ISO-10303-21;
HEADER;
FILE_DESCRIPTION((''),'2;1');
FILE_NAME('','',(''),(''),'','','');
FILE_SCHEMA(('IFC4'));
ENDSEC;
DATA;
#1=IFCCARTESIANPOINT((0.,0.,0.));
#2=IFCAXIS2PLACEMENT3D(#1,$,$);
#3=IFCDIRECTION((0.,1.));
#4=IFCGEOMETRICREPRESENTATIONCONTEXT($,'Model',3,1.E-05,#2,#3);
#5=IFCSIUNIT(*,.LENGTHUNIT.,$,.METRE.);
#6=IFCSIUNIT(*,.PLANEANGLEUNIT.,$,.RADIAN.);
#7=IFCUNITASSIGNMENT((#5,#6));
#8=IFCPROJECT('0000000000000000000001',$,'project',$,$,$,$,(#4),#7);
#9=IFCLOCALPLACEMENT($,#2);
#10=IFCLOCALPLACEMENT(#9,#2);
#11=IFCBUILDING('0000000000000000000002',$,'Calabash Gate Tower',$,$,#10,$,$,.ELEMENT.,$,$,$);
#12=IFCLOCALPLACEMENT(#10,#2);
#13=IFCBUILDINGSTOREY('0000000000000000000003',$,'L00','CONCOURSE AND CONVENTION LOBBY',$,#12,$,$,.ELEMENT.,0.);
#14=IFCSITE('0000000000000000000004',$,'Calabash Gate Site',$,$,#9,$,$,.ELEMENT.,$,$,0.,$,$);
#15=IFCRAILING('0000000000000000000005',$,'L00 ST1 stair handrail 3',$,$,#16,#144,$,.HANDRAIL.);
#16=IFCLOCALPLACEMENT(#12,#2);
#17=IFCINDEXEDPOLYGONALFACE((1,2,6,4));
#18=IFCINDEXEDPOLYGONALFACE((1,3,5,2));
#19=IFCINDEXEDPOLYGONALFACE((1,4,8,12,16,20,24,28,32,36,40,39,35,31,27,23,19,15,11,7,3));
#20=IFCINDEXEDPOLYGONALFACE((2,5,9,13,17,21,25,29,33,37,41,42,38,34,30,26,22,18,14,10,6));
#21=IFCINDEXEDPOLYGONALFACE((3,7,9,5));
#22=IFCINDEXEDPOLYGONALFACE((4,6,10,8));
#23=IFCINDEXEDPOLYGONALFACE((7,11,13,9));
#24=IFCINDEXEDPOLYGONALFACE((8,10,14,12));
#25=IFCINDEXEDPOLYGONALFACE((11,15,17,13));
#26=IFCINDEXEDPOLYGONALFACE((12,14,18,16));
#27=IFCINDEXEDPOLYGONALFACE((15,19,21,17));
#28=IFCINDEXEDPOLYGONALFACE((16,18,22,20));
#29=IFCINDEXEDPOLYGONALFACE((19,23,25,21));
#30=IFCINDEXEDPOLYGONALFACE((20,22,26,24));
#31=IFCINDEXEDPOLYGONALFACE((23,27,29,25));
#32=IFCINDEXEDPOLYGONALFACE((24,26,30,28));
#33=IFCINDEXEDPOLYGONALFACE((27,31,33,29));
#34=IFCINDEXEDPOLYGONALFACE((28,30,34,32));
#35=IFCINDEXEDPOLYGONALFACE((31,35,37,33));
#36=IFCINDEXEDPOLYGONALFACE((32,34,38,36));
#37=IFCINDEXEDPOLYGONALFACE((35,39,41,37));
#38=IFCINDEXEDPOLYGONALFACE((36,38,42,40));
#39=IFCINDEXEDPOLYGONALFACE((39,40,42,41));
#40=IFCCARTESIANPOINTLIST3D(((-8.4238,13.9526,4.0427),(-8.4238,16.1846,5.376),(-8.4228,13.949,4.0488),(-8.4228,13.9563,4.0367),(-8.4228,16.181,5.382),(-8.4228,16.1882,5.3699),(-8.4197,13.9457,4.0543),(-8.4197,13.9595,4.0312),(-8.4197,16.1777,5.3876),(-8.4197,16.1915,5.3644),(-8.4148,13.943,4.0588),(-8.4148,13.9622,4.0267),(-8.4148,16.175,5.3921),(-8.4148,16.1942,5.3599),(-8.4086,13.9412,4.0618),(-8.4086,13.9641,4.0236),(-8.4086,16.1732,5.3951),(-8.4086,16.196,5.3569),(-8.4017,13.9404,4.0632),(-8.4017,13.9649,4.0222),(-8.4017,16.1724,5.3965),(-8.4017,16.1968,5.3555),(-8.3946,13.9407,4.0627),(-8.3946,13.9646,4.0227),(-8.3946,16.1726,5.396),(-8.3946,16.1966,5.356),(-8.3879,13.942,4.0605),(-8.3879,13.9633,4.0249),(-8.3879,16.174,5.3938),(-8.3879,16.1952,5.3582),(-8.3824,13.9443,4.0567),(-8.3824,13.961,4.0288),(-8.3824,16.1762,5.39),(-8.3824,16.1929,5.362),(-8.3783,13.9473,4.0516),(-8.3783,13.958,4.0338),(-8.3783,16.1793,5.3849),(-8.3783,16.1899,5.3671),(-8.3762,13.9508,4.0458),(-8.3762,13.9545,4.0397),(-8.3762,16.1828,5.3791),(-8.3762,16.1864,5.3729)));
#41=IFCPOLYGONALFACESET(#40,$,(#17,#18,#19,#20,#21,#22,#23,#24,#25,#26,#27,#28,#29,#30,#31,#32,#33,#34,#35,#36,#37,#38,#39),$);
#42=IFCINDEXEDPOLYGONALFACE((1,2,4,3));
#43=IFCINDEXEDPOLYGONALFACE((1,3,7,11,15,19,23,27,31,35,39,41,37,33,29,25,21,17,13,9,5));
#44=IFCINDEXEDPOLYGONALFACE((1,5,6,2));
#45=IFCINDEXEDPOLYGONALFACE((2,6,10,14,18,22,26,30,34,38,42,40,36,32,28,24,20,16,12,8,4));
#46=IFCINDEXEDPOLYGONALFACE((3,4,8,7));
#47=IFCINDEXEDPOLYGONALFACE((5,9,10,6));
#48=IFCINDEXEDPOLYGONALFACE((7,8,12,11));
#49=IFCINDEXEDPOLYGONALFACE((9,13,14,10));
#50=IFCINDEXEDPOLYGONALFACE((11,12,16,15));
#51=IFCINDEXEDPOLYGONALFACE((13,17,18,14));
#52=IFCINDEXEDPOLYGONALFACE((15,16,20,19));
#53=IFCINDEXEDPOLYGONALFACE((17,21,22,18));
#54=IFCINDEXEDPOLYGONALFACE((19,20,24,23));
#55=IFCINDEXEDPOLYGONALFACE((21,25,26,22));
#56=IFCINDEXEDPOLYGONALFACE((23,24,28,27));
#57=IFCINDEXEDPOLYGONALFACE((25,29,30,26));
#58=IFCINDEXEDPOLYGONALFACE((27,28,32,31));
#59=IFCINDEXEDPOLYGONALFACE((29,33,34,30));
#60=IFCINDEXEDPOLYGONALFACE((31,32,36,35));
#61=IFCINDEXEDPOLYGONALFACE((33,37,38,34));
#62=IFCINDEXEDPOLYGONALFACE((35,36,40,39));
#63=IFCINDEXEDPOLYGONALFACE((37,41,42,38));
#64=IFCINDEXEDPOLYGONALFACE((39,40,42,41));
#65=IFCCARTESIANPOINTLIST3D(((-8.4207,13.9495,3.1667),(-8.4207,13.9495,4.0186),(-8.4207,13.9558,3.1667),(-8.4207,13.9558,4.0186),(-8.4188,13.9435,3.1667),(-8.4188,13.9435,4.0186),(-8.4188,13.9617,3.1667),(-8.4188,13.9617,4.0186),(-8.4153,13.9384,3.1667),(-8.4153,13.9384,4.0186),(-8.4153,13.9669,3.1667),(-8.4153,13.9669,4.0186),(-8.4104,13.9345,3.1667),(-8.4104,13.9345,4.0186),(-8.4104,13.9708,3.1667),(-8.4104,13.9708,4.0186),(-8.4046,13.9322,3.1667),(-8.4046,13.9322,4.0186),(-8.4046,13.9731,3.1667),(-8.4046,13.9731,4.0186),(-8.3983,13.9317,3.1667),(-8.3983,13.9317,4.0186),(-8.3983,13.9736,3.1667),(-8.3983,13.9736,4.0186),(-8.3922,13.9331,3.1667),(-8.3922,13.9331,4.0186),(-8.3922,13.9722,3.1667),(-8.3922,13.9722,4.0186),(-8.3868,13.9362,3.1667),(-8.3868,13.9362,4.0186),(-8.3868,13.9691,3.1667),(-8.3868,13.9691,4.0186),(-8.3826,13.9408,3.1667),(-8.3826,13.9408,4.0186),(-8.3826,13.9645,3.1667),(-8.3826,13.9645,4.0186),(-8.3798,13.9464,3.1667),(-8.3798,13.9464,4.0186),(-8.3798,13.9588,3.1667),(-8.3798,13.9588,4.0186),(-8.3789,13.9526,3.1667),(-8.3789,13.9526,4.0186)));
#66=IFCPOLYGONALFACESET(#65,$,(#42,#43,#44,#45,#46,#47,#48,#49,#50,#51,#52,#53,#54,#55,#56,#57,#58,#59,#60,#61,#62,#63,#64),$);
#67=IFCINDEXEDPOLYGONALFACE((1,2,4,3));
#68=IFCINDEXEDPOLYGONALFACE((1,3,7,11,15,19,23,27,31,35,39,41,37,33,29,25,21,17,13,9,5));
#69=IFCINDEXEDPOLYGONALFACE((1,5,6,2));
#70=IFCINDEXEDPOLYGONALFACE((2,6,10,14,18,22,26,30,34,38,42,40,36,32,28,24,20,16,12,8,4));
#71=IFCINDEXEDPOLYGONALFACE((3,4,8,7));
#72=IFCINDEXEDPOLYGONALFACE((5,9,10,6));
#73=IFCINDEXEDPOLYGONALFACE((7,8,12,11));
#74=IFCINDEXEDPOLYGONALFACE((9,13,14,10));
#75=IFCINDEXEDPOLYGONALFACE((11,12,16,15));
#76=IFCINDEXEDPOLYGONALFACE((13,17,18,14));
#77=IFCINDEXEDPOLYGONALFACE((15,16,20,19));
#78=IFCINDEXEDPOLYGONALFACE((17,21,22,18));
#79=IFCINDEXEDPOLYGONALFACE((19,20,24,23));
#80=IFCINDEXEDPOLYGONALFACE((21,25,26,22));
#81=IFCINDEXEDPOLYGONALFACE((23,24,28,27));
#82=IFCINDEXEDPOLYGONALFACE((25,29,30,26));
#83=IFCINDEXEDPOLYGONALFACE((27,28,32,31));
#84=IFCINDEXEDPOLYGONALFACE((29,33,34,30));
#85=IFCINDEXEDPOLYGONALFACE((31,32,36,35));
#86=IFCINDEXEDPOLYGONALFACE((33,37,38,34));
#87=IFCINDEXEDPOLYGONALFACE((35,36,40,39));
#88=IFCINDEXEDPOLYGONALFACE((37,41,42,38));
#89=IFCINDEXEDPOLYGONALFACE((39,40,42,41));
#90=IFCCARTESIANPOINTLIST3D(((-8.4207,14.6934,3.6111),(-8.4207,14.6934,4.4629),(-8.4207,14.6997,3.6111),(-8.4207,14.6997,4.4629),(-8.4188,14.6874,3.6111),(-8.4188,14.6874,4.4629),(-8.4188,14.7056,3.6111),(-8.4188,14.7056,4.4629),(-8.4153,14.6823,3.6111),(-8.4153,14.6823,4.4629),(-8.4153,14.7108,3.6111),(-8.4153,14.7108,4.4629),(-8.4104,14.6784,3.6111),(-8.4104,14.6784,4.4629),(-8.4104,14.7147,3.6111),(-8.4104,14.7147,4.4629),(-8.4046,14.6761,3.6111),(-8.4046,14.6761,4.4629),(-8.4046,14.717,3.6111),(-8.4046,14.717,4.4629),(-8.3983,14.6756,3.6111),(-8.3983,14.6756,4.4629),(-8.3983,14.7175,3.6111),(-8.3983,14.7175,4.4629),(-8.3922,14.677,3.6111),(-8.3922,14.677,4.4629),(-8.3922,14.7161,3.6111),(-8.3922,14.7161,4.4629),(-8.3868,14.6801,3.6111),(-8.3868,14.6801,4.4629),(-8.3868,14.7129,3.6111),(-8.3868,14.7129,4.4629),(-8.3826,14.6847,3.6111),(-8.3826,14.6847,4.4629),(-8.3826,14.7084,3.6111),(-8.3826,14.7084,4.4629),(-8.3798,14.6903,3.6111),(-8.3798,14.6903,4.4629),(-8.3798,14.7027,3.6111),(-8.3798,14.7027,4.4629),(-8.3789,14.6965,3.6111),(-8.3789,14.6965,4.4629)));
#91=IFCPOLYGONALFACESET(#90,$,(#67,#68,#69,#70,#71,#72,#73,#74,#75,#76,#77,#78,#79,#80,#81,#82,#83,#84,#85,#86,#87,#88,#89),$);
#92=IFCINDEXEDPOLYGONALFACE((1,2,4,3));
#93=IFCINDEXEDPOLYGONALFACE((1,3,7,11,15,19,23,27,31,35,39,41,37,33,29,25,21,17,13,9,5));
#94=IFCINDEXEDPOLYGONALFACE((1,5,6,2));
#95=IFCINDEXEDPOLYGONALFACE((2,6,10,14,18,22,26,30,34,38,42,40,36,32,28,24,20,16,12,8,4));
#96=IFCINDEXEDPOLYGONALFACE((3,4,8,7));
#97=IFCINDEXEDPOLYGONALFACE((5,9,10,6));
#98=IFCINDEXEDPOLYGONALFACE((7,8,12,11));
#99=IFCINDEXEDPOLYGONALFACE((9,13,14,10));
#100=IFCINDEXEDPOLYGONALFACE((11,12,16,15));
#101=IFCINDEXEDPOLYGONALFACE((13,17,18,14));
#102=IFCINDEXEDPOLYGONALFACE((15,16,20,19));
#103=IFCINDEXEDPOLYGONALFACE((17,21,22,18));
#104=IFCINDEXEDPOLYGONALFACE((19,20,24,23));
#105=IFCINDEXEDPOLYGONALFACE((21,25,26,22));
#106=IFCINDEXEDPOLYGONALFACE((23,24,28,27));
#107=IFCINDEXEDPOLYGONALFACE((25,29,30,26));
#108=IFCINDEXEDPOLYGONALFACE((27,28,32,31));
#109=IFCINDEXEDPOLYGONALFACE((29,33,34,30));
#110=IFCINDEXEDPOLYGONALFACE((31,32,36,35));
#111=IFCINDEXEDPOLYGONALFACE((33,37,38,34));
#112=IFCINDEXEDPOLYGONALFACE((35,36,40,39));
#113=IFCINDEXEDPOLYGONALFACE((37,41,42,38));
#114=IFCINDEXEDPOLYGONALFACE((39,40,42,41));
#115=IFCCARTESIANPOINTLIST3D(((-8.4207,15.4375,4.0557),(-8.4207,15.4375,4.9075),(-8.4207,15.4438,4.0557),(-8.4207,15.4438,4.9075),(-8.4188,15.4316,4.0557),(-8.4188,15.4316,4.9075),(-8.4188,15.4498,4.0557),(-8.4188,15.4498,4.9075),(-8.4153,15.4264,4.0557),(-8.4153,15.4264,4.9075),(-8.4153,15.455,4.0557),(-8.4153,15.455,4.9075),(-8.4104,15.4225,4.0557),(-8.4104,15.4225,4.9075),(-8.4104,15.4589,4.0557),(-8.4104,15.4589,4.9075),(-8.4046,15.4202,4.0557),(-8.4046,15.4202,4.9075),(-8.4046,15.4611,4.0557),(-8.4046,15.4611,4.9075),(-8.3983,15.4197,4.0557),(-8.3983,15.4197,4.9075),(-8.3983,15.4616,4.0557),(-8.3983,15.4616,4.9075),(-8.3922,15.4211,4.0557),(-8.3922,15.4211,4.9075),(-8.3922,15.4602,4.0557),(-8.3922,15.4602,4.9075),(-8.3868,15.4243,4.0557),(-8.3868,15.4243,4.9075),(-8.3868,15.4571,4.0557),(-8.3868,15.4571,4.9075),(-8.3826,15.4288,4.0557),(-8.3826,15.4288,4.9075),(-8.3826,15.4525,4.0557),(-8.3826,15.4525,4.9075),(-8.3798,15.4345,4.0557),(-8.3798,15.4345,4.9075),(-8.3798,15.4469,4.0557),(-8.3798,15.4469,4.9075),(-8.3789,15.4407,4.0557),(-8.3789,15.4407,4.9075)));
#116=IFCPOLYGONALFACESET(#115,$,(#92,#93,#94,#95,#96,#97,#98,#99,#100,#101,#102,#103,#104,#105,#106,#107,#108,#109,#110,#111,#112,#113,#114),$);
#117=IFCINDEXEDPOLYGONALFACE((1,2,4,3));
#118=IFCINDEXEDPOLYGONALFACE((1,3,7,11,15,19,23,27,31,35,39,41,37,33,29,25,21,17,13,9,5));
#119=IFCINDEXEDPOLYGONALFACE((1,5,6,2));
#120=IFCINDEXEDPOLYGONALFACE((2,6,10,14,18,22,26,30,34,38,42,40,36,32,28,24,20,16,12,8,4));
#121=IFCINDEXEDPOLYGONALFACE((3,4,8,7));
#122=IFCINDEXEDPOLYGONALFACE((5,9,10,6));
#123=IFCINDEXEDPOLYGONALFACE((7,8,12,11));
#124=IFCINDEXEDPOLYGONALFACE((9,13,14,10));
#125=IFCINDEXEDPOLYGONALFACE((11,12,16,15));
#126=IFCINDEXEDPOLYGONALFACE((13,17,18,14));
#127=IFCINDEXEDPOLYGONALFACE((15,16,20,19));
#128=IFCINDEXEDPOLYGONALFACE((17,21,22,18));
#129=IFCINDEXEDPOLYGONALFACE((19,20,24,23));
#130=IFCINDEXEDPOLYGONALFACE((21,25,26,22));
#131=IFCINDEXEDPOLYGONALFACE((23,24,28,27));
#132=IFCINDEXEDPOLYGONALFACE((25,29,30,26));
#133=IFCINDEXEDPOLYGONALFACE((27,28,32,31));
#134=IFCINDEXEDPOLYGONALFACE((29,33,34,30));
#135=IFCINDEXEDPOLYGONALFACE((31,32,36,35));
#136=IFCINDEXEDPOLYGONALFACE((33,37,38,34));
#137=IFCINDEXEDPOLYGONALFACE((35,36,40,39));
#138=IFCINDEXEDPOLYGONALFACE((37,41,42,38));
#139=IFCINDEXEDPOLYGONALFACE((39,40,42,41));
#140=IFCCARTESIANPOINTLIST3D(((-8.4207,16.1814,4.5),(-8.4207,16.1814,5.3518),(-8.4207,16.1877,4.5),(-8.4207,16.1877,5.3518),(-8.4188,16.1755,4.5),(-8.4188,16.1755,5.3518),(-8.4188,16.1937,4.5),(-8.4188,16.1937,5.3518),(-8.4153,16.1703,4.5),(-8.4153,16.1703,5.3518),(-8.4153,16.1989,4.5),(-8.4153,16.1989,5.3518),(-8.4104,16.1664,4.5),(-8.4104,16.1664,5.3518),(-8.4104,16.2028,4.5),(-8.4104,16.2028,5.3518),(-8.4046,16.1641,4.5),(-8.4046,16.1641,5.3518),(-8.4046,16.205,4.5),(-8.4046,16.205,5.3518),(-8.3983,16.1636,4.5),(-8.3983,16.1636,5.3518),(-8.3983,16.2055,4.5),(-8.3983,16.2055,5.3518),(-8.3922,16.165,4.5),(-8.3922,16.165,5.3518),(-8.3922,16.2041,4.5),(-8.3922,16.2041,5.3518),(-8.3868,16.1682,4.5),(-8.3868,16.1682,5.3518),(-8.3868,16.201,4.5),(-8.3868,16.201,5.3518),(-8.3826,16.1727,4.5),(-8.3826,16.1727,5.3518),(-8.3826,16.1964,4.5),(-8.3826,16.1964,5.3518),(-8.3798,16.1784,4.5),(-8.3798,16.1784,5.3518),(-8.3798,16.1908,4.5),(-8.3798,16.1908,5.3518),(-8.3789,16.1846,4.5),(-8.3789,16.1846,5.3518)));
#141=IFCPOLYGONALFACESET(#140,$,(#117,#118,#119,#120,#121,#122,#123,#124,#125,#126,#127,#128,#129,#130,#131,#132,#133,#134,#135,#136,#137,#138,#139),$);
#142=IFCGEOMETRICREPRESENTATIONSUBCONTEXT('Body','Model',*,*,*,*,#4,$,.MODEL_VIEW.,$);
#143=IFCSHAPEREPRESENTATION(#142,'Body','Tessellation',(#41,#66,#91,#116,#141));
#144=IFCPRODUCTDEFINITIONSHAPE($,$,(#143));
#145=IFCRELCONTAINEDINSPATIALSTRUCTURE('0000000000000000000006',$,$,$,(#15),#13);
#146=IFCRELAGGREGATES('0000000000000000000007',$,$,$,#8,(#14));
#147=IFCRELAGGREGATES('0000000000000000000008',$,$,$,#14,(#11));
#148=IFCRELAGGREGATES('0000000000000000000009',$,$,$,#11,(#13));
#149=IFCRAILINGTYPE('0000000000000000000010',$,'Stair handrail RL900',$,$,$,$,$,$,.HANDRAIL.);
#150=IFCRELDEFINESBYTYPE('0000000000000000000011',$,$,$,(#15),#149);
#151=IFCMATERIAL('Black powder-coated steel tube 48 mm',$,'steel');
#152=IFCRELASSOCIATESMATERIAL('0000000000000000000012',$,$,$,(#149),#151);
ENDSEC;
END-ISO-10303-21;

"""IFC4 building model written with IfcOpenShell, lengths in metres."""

from ifc_helpers import new_model, si_unit, direction, frame, origin, origin_2d, place, context, subcontext, project, spatial, circle, extrude, material, type_object, element, save


model = new_model("IFC4")

# Units and contexts
model_context = context("Model", 3, precision=1e-05, world=origin(), true_north=direction((0.0, 1.0)))
body_context = subcontext(model_context, "Body", "Model", "MODEL_VIEW")
ifc_project = project(units=[si_unit("LENGTHUNIT", "METRE"), si_unit("PLANEANGLEUNIT", "RADIAN")], contexts=[model_context])

# Site, building, storey
site_placement = place(None, origin())
site = spatial("IfcSite", under=ifc_project, at=site_placement, Name="Calabash Gate Site", CompositionType="ELEMENT", RefElevation=0.0)
building_placement = place(site_placement, origin())
building = spatial("IfcBuilding", under=site, at=building_placement, Name="Calabash Gate Tower", CompositionType="ELEMENT")
storey_placement = place(building_placement, origin())
storey = spatial("IfcBuildingStorey", under=building, at=storey_placement, Name="L00", Description="CONCOURSE AND CONVENTION LOBBY", CompositionType="ELEMENT", Elevation=0.0)

# Railing
ifc_material_1 = material(Name="Black powder-coated steel tube 48 mm", Category="steel")
railing_type_1 = type_object("IfcRailingType", Name="Stair handrail RL900", PredefinedType="HANDRAIL", material=ifc_material_1)
for number, where, name in (
    (1, (-8.3999, 13.9526, 3.1667), "L00 ST1 stair handrail 3"),
):
    element("IfcRailing", number, at=place(storey_placement, frame(where)), inside=storey, type_object=railing_type_1, Name=name, PredefinedType="HANDRAIL", context=body_context, shape_type="SweptSolid", body=[
        extrude(circle(Radius=0.0239, at=origin_2d()), frame((0.0, 0.0, 0.876), z_axis=(0.0, 0.858494, 0.512824), x_axis=(-1.0, 0.0, 0.0)), (0.0, 0.0, 1.0), 2.5999),
        extrude(circle(Radius=0.021, at=origin_2d()), origin(), (0.0, 0.0, 1.0), 0.8518),
        extrude(circle(Radius=0.021, at=origin_2d()), frame((0.0, 0.7439, 0.4443)), (0.0, 0.0, 1.0), 0.8518),
        extrude(circle(Radius=0.021, at=origin_2d()), frame((0.0, 1.488, 0.8889)), (0.0, 0.0, 1.0), 0.8518),
        extrude(circle(Radius=0.021, at=origin_2d()), frame((0.0, 2.2319, 1.3333)), (0.0, 0.0, 1.0), 0.8518),
    ])

save(model, "model.ifc")
